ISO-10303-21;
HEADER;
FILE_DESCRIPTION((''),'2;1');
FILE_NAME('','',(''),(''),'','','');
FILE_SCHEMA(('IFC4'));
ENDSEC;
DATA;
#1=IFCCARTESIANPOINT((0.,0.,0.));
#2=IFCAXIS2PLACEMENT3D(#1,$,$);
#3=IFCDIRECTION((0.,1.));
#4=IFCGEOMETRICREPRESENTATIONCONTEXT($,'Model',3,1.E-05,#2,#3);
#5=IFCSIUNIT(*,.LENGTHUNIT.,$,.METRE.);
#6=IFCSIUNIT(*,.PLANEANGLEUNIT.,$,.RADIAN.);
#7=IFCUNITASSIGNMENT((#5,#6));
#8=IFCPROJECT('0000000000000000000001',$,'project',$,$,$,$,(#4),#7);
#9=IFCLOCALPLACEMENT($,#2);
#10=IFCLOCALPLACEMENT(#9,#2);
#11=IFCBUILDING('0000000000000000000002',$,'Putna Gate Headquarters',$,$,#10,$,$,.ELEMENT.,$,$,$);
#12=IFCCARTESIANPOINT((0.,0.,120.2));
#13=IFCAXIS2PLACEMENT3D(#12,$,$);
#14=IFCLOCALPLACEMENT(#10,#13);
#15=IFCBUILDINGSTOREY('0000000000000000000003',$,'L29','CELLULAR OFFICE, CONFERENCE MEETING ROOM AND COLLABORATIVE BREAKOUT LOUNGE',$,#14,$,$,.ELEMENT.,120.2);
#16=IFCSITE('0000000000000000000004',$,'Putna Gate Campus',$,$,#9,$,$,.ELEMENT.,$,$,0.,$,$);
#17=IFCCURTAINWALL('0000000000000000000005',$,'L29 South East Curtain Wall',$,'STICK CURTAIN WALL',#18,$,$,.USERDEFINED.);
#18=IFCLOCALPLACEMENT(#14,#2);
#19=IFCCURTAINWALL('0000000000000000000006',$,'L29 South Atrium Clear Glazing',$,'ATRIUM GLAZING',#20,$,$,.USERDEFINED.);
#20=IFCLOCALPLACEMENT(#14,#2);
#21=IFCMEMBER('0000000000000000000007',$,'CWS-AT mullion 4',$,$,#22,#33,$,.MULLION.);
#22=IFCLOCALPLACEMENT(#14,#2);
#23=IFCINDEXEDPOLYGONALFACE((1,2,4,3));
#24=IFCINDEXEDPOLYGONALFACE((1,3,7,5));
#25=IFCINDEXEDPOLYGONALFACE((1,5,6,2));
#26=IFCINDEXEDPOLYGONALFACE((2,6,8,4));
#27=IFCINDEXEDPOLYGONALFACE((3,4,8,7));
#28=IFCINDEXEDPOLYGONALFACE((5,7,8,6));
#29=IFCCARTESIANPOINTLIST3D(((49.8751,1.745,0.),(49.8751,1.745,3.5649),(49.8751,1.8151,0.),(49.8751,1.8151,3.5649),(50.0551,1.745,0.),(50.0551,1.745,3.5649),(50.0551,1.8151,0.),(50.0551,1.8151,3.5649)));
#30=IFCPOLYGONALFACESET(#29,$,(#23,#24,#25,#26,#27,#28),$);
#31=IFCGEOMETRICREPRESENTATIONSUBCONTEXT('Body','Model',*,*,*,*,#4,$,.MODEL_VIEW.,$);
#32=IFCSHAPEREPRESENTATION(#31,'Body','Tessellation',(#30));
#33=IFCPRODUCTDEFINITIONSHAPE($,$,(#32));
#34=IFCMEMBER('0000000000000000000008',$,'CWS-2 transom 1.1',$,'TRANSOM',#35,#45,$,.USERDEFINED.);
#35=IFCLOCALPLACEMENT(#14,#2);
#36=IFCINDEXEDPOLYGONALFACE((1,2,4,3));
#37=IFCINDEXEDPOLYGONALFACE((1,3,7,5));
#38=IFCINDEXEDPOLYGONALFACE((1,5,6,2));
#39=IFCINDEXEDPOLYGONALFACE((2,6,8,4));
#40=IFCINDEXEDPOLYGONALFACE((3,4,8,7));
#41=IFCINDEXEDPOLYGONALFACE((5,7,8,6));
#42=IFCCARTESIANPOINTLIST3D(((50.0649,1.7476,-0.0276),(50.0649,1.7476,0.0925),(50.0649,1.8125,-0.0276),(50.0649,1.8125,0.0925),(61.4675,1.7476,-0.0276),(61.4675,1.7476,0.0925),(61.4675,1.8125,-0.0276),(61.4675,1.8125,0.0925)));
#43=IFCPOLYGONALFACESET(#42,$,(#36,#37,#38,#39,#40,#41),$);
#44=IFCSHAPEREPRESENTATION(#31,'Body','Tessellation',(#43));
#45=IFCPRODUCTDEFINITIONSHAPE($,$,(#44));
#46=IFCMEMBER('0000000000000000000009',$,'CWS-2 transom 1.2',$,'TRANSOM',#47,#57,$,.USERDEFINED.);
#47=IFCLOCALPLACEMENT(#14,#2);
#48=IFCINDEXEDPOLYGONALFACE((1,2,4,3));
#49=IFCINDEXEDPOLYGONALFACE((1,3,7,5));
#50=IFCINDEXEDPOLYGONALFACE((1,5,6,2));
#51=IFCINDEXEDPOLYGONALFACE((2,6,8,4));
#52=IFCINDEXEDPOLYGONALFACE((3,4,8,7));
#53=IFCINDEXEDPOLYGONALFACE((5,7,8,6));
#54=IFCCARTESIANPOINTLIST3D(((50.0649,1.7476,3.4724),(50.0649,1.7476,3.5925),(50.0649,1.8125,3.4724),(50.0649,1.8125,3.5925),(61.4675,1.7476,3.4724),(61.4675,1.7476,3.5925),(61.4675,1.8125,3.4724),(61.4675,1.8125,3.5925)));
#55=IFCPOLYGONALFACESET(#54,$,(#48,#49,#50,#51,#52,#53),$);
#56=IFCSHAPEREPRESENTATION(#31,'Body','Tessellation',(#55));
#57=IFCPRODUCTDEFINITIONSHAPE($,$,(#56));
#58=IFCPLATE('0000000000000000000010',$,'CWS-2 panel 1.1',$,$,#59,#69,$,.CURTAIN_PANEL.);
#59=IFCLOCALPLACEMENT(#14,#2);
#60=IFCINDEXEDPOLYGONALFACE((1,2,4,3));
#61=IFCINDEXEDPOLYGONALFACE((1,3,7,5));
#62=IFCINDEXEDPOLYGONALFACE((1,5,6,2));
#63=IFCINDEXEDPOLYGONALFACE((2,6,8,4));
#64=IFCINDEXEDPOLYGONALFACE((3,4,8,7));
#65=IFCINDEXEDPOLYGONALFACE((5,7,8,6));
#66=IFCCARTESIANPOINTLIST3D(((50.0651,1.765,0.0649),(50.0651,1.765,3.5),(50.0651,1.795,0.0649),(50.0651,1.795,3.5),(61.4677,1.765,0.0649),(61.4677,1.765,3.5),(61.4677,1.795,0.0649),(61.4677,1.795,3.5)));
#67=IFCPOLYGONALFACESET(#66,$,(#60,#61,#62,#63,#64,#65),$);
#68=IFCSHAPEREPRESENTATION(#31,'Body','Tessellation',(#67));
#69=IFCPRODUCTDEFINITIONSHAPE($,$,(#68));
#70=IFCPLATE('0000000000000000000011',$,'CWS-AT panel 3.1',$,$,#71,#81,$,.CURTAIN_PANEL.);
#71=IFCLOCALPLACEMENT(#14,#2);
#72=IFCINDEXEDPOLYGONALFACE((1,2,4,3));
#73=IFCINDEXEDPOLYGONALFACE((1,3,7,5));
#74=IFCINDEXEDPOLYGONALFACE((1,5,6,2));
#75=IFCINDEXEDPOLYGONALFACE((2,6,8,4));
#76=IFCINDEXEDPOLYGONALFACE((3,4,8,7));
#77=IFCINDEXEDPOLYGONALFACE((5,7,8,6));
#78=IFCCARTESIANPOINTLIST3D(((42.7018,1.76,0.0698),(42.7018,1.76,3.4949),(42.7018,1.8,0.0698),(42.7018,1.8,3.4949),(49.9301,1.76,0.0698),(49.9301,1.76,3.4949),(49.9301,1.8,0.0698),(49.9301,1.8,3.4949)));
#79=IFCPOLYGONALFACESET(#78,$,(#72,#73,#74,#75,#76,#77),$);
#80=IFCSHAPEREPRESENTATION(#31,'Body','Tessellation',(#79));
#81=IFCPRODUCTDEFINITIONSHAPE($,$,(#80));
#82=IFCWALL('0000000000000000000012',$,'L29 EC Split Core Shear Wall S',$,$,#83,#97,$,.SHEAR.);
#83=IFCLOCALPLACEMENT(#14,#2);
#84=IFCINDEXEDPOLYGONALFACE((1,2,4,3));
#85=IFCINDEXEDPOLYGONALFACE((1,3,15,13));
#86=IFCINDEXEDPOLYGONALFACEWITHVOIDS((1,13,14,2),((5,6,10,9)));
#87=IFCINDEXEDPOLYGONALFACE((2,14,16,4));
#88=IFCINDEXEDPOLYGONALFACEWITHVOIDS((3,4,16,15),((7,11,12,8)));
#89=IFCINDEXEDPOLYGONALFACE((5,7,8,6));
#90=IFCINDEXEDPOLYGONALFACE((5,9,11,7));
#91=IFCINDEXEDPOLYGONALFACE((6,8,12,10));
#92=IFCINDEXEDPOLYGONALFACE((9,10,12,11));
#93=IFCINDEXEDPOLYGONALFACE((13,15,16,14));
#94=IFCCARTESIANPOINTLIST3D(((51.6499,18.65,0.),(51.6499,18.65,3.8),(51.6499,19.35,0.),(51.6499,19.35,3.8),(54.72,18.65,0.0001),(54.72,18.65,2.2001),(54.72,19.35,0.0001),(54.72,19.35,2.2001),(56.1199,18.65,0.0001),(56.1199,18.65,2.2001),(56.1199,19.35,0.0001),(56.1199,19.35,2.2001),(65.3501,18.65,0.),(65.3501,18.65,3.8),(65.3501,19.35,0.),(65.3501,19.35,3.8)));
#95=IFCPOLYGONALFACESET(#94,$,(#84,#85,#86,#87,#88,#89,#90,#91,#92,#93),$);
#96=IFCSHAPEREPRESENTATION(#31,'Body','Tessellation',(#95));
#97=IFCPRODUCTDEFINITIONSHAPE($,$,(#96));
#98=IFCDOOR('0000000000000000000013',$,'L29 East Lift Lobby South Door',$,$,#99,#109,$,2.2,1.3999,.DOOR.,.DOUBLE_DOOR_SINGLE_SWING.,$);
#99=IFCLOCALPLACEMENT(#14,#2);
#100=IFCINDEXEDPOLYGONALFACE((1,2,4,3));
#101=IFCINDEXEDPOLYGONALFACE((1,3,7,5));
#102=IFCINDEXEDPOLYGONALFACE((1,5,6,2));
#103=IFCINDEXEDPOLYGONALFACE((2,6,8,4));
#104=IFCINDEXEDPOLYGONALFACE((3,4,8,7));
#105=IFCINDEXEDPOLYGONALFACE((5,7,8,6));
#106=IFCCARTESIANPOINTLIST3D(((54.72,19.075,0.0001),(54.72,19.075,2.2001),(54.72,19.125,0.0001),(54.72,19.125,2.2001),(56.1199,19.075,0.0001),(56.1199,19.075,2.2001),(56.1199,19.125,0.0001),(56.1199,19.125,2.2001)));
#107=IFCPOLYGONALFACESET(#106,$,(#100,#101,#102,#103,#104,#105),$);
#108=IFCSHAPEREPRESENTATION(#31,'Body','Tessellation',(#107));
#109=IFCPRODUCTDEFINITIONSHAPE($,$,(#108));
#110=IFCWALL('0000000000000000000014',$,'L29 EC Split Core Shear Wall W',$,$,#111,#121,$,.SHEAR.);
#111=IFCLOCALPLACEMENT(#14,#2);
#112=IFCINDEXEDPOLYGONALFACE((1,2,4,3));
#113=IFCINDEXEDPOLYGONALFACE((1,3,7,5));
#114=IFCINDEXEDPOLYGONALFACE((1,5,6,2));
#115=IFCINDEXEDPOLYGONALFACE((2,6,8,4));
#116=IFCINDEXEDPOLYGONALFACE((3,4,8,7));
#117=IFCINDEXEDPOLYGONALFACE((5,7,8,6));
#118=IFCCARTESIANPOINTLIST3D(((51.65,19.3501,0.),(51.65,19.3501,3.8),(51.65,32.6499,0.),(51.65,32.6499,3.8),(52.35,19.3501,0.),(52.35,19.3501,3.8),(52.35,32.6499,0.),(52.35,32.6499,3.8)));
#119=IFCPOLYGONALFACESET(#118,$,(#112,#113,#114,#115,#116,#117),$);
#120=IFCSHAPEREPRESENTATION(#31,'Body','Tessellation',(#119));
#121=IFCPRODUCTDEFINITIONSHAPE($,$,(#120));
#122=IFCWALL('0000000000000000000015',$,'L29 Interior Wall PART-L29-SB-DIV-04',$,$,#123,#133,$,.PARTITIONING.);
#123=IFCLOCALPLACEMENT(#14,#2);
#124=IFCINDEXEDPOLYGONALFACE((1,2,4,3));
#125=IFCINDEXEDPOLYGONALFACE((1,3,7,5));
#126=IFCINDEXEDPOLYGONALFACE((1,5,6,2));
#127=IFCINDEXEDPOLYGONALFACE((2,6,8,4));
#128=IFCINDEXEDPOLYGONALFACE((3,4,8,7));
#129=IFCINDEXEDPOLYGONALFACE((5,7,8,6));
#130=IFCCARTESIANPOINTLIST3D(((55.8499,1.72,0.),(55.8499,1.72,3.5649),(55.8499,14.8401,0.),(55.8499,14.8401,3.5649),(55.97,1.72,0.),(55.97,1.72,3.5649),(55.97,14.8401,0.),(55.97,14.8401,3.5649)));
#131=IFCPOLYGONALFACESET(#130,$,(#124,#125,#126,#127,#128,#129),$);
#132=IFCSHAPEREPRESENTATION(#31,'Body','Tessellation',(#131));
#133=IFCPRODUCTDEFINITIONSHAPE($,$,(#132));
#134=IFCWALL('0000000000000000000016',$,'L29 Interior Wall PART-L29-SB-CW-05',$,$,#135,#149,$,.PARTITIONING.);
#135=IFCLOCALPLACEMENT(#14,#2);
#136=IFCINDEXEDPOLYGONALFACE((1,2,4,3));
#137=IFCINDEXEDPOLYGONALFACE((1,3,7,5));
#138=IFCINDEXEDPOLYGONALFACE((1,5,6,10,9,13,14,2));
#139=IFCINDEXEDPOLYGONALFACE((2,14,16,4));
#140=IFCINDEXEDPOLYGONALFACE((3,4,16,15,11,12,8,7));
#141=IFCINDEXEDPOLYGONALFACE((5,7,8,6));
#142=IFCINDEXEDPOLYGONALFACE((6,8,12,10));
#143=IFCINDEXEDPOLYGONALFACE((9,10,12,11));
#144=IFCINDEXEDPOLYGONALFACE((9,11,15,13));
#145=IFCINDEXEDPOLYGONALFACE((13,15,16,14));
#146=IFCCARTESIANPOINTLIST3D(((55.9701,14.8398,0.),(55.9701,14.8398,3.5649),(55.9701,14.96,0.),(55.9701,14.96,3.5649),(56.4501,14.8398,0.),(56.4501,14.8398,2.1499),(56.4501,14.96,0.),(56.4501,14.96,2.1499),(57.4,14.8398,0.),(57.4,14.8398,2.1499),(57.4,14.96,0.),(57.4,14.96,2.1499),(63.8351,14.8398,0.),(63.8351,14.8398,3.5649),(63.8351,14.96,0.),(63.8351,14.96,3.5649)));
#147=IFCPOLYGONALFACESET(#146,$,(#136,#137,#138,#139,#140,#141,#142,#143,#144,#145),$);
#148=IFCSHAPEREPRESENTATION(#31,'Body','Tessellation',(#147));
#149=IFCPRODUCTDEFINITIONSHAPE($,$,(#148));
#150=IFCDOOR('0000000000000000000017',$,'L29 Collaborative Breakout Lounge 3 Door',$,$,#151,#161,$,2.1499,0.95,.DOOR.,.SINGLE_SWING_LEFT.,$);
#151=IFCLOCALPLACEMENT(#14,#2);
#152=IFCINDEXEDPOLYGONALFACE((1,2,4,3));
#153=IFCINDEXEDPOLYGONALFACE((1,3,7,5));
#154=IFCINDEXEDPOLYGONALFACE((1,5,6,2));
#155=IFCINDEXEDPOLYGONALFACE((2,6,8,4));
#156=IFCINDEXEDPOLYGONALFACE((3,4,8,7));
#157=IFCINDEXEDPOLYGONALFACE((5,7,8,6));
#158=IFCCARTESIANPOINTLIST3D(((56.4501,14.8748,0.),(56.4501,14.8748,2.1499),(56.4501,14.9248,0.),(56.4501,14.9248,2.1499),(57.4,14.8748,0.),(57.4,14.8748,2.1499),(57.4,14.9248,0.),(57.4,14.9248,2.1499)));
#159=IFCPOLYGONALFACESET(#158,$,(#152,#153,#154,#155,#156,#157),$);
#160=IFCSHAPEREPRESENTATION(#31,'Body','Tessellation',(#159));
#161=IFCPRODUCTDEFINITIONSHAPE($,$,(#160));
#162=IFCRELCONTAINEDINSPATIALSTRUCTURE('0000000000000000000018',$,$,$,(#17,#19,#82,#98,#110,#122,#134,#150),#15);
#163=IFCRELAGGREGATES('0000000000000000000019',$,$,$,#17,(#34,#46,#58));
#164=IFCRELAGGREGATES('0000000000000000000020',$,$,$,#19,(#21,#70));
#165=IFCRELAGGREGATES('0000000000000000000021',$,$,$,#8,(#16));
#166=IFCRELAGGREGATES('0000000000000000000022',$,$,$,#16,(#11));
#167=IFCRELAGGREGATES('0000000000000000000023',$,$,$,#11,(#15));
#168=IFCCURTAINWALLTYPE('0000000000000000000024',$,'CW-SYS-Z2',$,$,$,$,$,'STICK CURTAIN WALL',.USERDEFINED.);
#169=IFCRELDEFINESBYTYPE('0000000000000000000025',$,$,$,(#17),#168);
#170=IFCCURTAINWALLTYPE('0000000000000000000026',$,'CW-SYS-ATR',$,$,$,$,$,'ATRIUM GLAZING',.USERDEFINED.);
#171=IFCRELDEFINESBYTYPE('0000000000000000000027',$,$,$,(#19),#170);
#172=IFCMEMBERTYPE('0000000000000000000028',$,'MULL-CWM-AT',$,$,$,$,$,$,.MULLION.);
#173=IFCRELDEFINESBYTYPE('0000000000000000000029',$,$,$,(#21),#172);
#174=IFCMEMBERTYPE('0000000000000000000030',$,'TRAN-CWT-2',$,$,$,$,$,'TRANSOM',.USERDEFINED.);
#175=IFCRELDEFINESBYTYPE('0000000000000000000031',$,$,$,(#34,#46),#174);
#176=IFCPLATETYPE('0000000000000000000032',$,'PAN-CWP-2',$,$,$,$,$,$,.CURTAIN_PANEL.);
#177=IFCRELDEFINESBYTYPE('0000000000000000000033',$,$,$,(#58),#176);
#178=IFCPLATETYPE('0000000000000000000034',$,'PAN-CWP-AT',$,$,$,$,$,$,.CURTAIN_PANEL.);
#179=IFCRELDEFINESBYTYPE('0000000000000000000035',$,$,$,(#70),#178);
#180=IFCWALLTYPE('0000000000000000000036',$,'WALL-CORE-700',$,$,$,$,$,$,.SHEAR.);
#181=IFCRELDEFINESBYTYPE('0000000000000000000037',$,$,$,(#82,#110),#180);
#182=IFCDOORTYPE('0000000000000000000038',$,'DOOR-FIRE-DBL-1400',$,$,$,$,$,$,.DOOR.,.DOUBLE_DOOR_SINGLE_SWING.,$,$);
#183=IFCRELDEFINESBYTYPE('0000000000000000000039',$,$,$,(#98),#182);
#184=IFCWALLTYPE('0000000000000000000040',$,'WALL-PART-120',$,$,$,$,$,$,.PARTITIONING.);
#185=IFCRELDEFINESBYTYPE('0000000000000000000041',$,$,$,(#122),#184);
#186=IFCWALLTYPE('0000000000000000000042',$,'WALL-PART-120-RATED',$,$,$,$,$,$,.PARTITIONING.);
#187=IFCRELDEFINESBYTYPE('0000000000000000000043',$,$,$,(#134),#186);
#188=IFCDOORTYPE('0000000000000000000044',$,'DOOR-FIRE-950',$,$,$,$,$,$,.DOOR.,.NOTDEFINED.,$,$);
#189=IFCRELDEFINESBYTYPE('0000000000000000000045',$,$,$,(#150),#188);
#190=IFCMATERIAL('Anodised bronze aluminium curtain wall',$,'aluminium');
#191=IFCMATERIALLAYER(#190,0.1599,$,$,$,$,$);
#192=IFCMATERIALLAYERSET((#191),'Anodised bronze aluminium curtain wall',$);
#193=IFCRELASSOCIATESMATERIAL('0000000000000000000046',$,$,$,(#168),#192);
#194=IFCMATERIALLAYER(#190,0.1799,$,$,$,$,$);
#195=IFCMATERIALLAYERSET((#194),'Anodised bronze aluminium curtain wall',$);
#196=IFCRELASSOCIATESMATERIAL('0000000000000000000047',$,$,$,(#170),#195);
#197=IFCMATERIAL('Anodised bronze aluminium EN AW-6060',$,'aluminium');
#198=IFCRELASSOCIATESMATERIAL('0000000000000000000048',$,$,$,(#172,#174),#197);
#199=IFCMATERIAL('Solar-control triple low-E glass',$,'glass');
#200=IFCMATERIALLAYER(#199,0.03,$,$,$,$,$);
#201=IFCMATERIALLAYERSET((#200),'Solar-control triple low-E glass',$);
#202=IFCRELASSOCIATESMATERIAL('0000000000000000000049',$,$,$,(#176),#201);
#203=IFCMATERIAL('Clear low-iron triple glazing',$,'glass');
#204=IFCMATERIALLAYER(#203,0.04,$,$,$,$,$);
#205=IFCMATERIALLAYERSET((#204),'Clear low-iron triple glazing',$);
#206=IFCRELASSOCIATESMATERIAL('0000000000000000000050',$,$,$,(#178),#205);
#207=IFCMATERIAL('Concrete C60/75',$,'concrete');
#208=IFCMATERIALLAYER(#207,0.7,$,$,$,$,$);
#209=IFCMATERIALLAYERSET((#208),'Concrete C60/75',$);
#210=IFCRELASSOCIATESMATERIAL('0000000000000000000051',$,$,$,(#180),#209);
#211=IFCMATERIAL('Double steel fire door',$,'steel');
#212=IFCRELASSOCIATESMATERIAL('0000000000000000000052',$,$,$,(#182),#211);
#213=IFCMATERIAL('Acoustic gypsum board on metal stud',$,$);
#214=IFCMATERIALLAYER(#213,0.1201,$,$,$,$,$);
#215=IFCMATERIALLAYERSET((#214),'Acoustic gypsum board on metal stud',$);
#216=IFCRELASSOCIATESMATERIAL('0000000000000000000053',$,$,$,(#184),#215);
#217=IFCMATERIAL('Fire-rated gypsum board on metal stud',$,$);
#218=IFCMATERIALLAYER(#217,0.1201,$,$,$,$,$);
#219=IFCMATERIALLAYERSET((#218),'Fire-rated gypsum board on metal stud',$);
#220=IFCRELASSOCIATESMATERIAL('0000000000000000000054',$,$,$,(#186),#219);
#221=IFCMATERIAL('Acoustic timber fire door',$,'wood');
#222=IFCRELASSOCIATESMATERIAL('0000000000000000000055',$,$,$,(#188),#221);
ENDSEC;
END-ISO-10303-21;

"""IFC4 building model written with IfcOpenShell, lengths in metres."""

from ifc_helpers import new_model, si_unit, direction, frame, frame_2d, origin, origin_2d, place, context, subcontext, project, spatial, rectangle, extrude, material, layer, layer_set, material_profile, profile_set, type_object, element, fill, aggregate, save


model = new_model("IFC4")

# Units and contexts
model_context = context("Model", 3, precision=1e-05, world=origin(), true_north=direction((0.0, 1.0)))
body_context = subcontext(model_context, "Body", "Model", "MODEL_VIEW")
ifc_project = project(units=[si_unit("LENGTHUNIT", "METRE"), si_unit("PLANEANGLEUNIT", "RADIAN")], contexts=[model_context])

# Site, building, storey
site_placement = place(None, origin())
site = spatial("IfcSite", under=ifc_project, at=site_placement, Name="Putna Gate Campus", CompositionType="ELEMENT", RefElevation=0.0)
building_placement = place(site_placement, origin())
building = spatial("IfcBuilding", under=site, at=building_placement, Name="Putna Gate Headquarters", CompositionType="ELEMENT")
storey_placement = place(building_placement, frame((0.0, 0.0, 120.2)))
storey = spatial("IfcBuildingStorey", under=building, at=storey_placement, Name="L29", Description="CELLULAR OFFICE, CONFERENCE MEETING ROOM AND COLLABORATIVE BREAKOUT LOUNGE", CompositionType="ELEMENT", Elevation=120.2)

# Shared definitions
ifc_material_1 = material(Name="Concrete C60/75", Category="concrete")

# Curtain walls, member
ifc_material_2 = material(Name="Anodised bronze aluminium curtain wall", Category="aluminium")
ifc_layer_1 = layer(ifc_material_2, 0.1599)
ifc_layer_set_1 = layer_set([ifc_layer_1], Name="Anodised bronze aluminium curtain wall")
curtain_wall_type_1 = type_object("IfcCurtainWallType", Name="CW-SYS-Z2", ElementType="STICK CURTAIN WALL", PredefinedType="USERDEFINED", material=ifc_layer_set_1)
curtain_wall_1_placement = place(storey_placement, origin())
curtain_wall_1 = element("IfcCurtainWall", 1, at=curtain_wall_1_placement, inside=storey, type_object=curtain_wall_type_1, Name="L29 South East Curtain Wall", ObjectType="STICK CURTAIN WALL", PredefinedType="USERDEFINED")
ifc_material_3 = material(Name="Anodised bronze aluminium EN AW-6060", Category="aluminium")
ifc_layer_2 = layer(ifc_material_2, 0.1799)
ifc_layer_set_2 = layer_set([ifc_layer_2], Name="Anodised bronze aluminium curtain wall")
curtain_wall_type_2 = type_object("IfcCurtainWallType", Name="CW-SYS-ATR", ElementType="ATRIUM GLAZING", PredefinedType="USERDEFINED", material=ifc_layer_set_2)
curtain_wall_2_placement = place(storey_placement, origin())
curtain_wall_2 = element("IfcCurtainWall", 2, at=curtain_wall_2_placement, inside=storey, type_object=curtain_wall_type_2, Name="L29 South Atrium Clear Glazing", ObjectType="ATRIUM GLAZING", PredefinedType="USERDEFINED")
ifc_material_profile_1 = material_profile(ifc_material_3, rectangle(XDim=0.0701, YDim=0.1799, at=origin_2d()), Name="Anodised bronze aluminium EN AW-6060")
ifc_profile_set_1 = profile_set([ifc_material_profile_1], Name="Anodised bronze aluminium EN AW-6060")
member_type_1 = type_object("IfcMemberType", Name="MULL-CWM-AT", PredefinedType="MULLION", material=ifc_profile_set_1)
member_1_placement = place(storey_placement, frame((49.9651, 1.78, 0.0), z_axis=(0.0, 0.0, 1.0), x_axis=(0.0, 1.0, 0.0)))
member_1 = element("IfcMember", 3, at=member_1_placement, type_object=member_type_1, Name="CWS-AT mullion 4", PredefinedType="MULLION", context=body_context, shape_type="SweptSolid", body=[
    extrude(rectangle(XDim=0.0701, YDim=0.1799, at=origin_2d()), origin(), (0.0, 0.0, 1.0), 3.5649),
])

# Members
ifc_material_profile_2 = material_profile(ifc_material_3, rectangle(XDim=0.0649, YDim=0.1201, at=origin_2d()), Name="Anodised bronze aluminium EN AW-6060")
ifc_profile_set_2 = profile_set([ifc_material_profile_2], Name="Anodised bronze aluminium EN AW-6060")
member_type_2 = type_object("IfcMemberType", Name="TRAN-CWT-2", ElementType="TRANSOM", PredefinedType="USERDEFINED", material=ifc_profile_set_2)
member_2_placement = place(storey_placement, frame((50.0649, 1.78, 0.0325), z_axis=(1.0, 0.0, 0.0), x_axis=(0.0, 1.0, 0.0)))
member_2 = element("IfcMember", 4, at=member_2_placement, type_object=member_type_2, Name="CWS-2 transom 1.1", ObjectType="TRANSOM", PredefinedType="USERDEFINED", context=body_context, shape_type="SweptSolid", body=[
    extrude(rectangle(XDim=0.0649, YDim=0.1201, at=origin_2d()), origin(), (0.0, 0.0, 1.0), 11.4026),
])
member_3_placement = place(storey_placement, frame((50.0649, 1.78, 3.5325), z_axis=(1.0, 0.0, 0.0), x_axis=(0.0, 1.0, 0.0)))
member_3 = element("IfcMember", 5, at=member_3_placement, type_object=member_type_2, Name="CWS-2 transom 1.2", ObjectType="TRANSOM", PredefinedType="USERDEFINED", context=body_context, shape_type="SweptSolid", body=[
    extrude(rectangle(XDim=0.0649, YDim=0.1201, at=origin_2d()), origin(), (0.0, 0.0, 1.0), 11.4026),
])

# Plates
ifc_material_4 = material(Name="Solar-control triple low-E glass", Category="glass")
ifc_layer_3 = layer(ifc_material_4, 0.03)
ifc_layer_set_3 = layer_set([ifc_layer_3], Name="Solar-control triple low-E glass")
plate_type_1 = type_object("IfcPlateType", Name="PAN-CWP-2", PredefinedType="CURTAIN_PANEL", material=ifc_layer_set_3)
plate_1_placement = place(storey_placement, frame((55.7664, 1.78, 0.0649), z_axis=(0.0, 0.0, 1.0), x_axis=(1.0, 0.0, 0.0)))
plate_1 = element("IfcPlate", 6, at=plate_1_placement, type_object=plate_type_1, Name="CWS-2 panel 1.1", PredefinedType="CURTAIN_PANEL", context=body_context, shape_type="SweptSolid", body=[
    extrude(rectangle(XDim=11.4026, YDim=0.03, at=origin_2d()), origin(), (0.0, 0.0, 1.0), 3.4351),
])
aggregate(curtain_wall_1, [member_2, member_3, plate_1])
ifc_material_5 = material(Name="Clear low-iron triple glazing", Category="glass")
ifc_layer_4 = layer(ifc_material_5, 0.04)
ifc_layer_set_4 = layer_set([ifc_layer_4], Name="Clear low-iron triple glazing")
plate_type_2 = type_object("IfcPlateType", Name="PAN-CWP-AT", PredefinedType="CURTAIN_PANEL", material=ifc_layer_set_4)
plate_2_placement = place(storey_placement, frame((46.3159, 1.78, 0.0698), z_axis=(0.0, 0.0, 1.0), x_axis=(1.0, 0.0, 0.0)))
plate_2 = element("IfcPlate", 7, at=plate_2_placement, type_object=plate_type_2, Name="CWS-AT panel 3.1", PredefinedType="CURTAIN_PANEL", context=body_context, shape_type="SweptSolid", body=[
    extrude(rectangle(XDim=7.2283, YDim=0.04, at=origin_2d()), origin(), (0.0, 0.0, 1.0), 3.425),
])
aggregate(curtain_wall_2, [member_1, plate_2])

# Wall, opening, door
ifc_layer_5 = layer(ifc_material_1, 0.7)
ifc_layer_set_5 = layer_set([ifc_layer_5], Name="Concrete C60/75")
wall_type_1 = type_object("IfcWallType", Name="WALL-CORE-700", PredefinedType="SHEAR", material=ifc_layer_set_5)
wall_1_placement = place(storey_placement, frame((51.6499, 19.0, 0.0), z_axis=(0.0, 0.0, 1.0), x_axis=(1.0, 0.0, 0.0)))
wall_1 = element("IfcWall", 8, at=wall_1_placement, inside=storey, type_object=wall_type_1, Name="L29 EC Split Core Shear Wall S", PredefinedType="SHEAR", context=body_context, shape_type="SweptSolid", body=[
    extrude(rectangle(XDim=13.7002, YDim=0.7, at=frame_2d((6.8501, 0.0))), origin(), (0.0, 0.0, 1.0), 3.8),
])
opening_1_placement = place(wall_1_placement, frame((3.0701, 0.0, 0.0)))
opening_1 = element("IfcOpeningElement", 9, at=opening_1_placement, cuts=wall_1, PredefinedType="OPENING", context=body_context, shape_type="SweptSolid", body=[
    extrude(rectangle(XDim=1.3999, YDim=2.2, at=frame_2d((0.7, 1.1001))), frame((0.0, 0.3599, 0.0), z_axis=(0.0, -1.0, 0.0), x_axis=(1.0, 0.0, 0.0)), (0.0, 0.0, 1.0), 0.72),
])
ifc_material_6 = material(Name="Double steel fire door", Category="steel")
door_type_1 = type_object("IfcDoorType", Name="DOOR-FIRE-DBL-1400", OperationType="DOUBLE_DOOR_SINGLE_SWING", PredefinedType="DOOR", material=ifc_material_6)
door_1_placement = place(opening_1_placement, origin())
door_1 = element("IfcDoor", 10, at=door_1_placement, inside=storey, type_object=door_type_1, Name="L29 East Lift Lobby South Door", OperationType="DOUBLE_DOOR_SINGLE_SWING", OverallHeight=2.2, OverallWidth=1.3999, PredefinedType="DOOR", context=body_context, shape_type="SweptSolid", body=[
    extrude(rectangle(XDim=1.3999, YDim=2.2, at=frame_2d((0.7, 1.1001))), frame((0.0, 0.125, 0.0), z_axis=(0.0, -1.0, 0.0), x_axis=(1.0, 0.0, 0.0)), (0.0, 0.0, 1.0), 0.05),
])
fill(opening_1, door_1)

# Walls
wall_2_placement = place(storey_placement, frame((52.0, 19.3501, 0.0), z_axis=(0.0, 0.0, 1.0), x_axis=(0.0, 1.0, 0.0)))
element("IfcWall", 11, at=wall_2_placement, inside=storey, type_object=wall_type_1, Name="L29 EC Split Core Shear Wall W", PredefinedType="SHEAR", context=body_context, shape_type="SweptSolid", body=[
    extrude(rectangle(XDim=13.2998, YDim=0.7, at=frame_2d((6.6499, 0.0))), origin(), (0.0, 0.0, 1.0), 3.8),
])
ifc_material_7 = material(Name="Acoustic gypsum board on metal stud")
ifc_layer_6 = layer(ifc_material_7, 0.1201)
ifc_layer_set_6 = layer_set([ifc_layer_6], Name="Acoustic gypsum board on metal stud")
wall_type_2 = type_object("IfcWallType", Name="WALL-PART-120", PredefinedType="PARTITIONING", material=ifc_layer_set_6)
wall_3_placement = place(storey_placement, frame((55.9099, 1.72, 0.0), z_axis=(0.0, 0.0, 1.0), x_axis=(0.0, 1.0, 0.0)))
element("IfcWall", 12, at=wall_3_placement, inside=storey, type_object=wall_type_2, Name="L29 Interior Wall PART-L29-SB-DIV-04", PredefinedType="PARTITIONING", context=body_context, shape_type="SweptSolid", body=[
    extrude(rectangle(XDim=13.1201, YDim=0.1201, at=frame_2d((6.5601, 0.0))), origin(), (0.0, 0.0, 1.0), 3.5649),
])

# Wall, opening, door
ifc_material_8 = material(Name="Fire-rated gypsum board on metal stud")
ifc_layer_7 = layer(ifc_material_8, 0.1201)
ifc_layer_set_7 = layer_set([ifc_layer_7], Name="Fire-rated gypsum board on metal stud")
wall_type_3 = type_object("IfcWallType", Name="WALL-PART-120-RATED", PredefinedType="PARTITIONING", material=ifc_layer_set_7)
wall_4_placement = place(storey_placement, frame((55.97, 14.8999, 0.0), z_axis=(0.0, 0.0, 1.0), x_axis=(1.0, 0.0, 0.0)))
wall_4 = element("IfcWall", 13, at=wall_4_placement, inside=storey, type_object=wall_type_3, Name="L29 Interior Wall PART-L29-SB-CW-05", PredefinedType="PARTITIONING", context=body_context, shape_type="SweptSolid", body=[
    extrude(rectangle(XDim=7.865, YDim=0.1201, at=frame_2d((3.9326, 0.0))), origin(), (0.0, 0.0, 1.0), 3.5649),
])
opening_2_placement = place(wall_4_placement, frame((0.48, 0.0, 0.0)))
opening_2 = element("IfcOpeningElement", 14, at=opening_2_placement, cuts=wall_4, PredefinedType="OPENING", context=body_context, shape_type="SweptSolid", body=[
    extrude(rectangle(XDim=0.95, YDim=2.1499, at=frame_2d((0.4751, 1.075))), frame((0.0, 0.0701, 0.0), z_axis=(0.0, -1.0, 0.0), x_axis=(1.0, 0.0, 0.0)), (0.0, 0.0, 1.0), 0.1401),
])
ifc_material_9 = material(Name="Acoustic timber fire door", Category="wood")
door_type_2 = type_object("IfcDoorType", Name="DOOR-FIRE-950", OperationType="NOTDEFINED", PredefinedType="DOOR", material=ifc_material_9)
door_2_placement = place(opening_2_placement, origin())
door_2 = element("IfcDoor", 15, at=door_2_placement, inside=storey, type_object=door_type_2, Name="L29 Collaborative Breakout Lounge 3 Door", OperationType="SINGLE_SWING_LEFT", OverallHeight=2.1499, OverallWidth=0.95, PredefinedType="DOOR", context=body_context, shape_type="SweptSolid", body=[
    extrude(rectangle(XDim=0.95, YDim=2.1499, at=frame_2d((0.4751, 1.075))), frame((0.0, 0.0249, 0.0), z_axis=(0.0, -1.0, 0.0), x_axis=(1.0, 0.0, 0.0)), (0.0, 0.0, 1.0), 0.05),
])
fill(opening_2, door_2)

save(model, "model.ifc")
